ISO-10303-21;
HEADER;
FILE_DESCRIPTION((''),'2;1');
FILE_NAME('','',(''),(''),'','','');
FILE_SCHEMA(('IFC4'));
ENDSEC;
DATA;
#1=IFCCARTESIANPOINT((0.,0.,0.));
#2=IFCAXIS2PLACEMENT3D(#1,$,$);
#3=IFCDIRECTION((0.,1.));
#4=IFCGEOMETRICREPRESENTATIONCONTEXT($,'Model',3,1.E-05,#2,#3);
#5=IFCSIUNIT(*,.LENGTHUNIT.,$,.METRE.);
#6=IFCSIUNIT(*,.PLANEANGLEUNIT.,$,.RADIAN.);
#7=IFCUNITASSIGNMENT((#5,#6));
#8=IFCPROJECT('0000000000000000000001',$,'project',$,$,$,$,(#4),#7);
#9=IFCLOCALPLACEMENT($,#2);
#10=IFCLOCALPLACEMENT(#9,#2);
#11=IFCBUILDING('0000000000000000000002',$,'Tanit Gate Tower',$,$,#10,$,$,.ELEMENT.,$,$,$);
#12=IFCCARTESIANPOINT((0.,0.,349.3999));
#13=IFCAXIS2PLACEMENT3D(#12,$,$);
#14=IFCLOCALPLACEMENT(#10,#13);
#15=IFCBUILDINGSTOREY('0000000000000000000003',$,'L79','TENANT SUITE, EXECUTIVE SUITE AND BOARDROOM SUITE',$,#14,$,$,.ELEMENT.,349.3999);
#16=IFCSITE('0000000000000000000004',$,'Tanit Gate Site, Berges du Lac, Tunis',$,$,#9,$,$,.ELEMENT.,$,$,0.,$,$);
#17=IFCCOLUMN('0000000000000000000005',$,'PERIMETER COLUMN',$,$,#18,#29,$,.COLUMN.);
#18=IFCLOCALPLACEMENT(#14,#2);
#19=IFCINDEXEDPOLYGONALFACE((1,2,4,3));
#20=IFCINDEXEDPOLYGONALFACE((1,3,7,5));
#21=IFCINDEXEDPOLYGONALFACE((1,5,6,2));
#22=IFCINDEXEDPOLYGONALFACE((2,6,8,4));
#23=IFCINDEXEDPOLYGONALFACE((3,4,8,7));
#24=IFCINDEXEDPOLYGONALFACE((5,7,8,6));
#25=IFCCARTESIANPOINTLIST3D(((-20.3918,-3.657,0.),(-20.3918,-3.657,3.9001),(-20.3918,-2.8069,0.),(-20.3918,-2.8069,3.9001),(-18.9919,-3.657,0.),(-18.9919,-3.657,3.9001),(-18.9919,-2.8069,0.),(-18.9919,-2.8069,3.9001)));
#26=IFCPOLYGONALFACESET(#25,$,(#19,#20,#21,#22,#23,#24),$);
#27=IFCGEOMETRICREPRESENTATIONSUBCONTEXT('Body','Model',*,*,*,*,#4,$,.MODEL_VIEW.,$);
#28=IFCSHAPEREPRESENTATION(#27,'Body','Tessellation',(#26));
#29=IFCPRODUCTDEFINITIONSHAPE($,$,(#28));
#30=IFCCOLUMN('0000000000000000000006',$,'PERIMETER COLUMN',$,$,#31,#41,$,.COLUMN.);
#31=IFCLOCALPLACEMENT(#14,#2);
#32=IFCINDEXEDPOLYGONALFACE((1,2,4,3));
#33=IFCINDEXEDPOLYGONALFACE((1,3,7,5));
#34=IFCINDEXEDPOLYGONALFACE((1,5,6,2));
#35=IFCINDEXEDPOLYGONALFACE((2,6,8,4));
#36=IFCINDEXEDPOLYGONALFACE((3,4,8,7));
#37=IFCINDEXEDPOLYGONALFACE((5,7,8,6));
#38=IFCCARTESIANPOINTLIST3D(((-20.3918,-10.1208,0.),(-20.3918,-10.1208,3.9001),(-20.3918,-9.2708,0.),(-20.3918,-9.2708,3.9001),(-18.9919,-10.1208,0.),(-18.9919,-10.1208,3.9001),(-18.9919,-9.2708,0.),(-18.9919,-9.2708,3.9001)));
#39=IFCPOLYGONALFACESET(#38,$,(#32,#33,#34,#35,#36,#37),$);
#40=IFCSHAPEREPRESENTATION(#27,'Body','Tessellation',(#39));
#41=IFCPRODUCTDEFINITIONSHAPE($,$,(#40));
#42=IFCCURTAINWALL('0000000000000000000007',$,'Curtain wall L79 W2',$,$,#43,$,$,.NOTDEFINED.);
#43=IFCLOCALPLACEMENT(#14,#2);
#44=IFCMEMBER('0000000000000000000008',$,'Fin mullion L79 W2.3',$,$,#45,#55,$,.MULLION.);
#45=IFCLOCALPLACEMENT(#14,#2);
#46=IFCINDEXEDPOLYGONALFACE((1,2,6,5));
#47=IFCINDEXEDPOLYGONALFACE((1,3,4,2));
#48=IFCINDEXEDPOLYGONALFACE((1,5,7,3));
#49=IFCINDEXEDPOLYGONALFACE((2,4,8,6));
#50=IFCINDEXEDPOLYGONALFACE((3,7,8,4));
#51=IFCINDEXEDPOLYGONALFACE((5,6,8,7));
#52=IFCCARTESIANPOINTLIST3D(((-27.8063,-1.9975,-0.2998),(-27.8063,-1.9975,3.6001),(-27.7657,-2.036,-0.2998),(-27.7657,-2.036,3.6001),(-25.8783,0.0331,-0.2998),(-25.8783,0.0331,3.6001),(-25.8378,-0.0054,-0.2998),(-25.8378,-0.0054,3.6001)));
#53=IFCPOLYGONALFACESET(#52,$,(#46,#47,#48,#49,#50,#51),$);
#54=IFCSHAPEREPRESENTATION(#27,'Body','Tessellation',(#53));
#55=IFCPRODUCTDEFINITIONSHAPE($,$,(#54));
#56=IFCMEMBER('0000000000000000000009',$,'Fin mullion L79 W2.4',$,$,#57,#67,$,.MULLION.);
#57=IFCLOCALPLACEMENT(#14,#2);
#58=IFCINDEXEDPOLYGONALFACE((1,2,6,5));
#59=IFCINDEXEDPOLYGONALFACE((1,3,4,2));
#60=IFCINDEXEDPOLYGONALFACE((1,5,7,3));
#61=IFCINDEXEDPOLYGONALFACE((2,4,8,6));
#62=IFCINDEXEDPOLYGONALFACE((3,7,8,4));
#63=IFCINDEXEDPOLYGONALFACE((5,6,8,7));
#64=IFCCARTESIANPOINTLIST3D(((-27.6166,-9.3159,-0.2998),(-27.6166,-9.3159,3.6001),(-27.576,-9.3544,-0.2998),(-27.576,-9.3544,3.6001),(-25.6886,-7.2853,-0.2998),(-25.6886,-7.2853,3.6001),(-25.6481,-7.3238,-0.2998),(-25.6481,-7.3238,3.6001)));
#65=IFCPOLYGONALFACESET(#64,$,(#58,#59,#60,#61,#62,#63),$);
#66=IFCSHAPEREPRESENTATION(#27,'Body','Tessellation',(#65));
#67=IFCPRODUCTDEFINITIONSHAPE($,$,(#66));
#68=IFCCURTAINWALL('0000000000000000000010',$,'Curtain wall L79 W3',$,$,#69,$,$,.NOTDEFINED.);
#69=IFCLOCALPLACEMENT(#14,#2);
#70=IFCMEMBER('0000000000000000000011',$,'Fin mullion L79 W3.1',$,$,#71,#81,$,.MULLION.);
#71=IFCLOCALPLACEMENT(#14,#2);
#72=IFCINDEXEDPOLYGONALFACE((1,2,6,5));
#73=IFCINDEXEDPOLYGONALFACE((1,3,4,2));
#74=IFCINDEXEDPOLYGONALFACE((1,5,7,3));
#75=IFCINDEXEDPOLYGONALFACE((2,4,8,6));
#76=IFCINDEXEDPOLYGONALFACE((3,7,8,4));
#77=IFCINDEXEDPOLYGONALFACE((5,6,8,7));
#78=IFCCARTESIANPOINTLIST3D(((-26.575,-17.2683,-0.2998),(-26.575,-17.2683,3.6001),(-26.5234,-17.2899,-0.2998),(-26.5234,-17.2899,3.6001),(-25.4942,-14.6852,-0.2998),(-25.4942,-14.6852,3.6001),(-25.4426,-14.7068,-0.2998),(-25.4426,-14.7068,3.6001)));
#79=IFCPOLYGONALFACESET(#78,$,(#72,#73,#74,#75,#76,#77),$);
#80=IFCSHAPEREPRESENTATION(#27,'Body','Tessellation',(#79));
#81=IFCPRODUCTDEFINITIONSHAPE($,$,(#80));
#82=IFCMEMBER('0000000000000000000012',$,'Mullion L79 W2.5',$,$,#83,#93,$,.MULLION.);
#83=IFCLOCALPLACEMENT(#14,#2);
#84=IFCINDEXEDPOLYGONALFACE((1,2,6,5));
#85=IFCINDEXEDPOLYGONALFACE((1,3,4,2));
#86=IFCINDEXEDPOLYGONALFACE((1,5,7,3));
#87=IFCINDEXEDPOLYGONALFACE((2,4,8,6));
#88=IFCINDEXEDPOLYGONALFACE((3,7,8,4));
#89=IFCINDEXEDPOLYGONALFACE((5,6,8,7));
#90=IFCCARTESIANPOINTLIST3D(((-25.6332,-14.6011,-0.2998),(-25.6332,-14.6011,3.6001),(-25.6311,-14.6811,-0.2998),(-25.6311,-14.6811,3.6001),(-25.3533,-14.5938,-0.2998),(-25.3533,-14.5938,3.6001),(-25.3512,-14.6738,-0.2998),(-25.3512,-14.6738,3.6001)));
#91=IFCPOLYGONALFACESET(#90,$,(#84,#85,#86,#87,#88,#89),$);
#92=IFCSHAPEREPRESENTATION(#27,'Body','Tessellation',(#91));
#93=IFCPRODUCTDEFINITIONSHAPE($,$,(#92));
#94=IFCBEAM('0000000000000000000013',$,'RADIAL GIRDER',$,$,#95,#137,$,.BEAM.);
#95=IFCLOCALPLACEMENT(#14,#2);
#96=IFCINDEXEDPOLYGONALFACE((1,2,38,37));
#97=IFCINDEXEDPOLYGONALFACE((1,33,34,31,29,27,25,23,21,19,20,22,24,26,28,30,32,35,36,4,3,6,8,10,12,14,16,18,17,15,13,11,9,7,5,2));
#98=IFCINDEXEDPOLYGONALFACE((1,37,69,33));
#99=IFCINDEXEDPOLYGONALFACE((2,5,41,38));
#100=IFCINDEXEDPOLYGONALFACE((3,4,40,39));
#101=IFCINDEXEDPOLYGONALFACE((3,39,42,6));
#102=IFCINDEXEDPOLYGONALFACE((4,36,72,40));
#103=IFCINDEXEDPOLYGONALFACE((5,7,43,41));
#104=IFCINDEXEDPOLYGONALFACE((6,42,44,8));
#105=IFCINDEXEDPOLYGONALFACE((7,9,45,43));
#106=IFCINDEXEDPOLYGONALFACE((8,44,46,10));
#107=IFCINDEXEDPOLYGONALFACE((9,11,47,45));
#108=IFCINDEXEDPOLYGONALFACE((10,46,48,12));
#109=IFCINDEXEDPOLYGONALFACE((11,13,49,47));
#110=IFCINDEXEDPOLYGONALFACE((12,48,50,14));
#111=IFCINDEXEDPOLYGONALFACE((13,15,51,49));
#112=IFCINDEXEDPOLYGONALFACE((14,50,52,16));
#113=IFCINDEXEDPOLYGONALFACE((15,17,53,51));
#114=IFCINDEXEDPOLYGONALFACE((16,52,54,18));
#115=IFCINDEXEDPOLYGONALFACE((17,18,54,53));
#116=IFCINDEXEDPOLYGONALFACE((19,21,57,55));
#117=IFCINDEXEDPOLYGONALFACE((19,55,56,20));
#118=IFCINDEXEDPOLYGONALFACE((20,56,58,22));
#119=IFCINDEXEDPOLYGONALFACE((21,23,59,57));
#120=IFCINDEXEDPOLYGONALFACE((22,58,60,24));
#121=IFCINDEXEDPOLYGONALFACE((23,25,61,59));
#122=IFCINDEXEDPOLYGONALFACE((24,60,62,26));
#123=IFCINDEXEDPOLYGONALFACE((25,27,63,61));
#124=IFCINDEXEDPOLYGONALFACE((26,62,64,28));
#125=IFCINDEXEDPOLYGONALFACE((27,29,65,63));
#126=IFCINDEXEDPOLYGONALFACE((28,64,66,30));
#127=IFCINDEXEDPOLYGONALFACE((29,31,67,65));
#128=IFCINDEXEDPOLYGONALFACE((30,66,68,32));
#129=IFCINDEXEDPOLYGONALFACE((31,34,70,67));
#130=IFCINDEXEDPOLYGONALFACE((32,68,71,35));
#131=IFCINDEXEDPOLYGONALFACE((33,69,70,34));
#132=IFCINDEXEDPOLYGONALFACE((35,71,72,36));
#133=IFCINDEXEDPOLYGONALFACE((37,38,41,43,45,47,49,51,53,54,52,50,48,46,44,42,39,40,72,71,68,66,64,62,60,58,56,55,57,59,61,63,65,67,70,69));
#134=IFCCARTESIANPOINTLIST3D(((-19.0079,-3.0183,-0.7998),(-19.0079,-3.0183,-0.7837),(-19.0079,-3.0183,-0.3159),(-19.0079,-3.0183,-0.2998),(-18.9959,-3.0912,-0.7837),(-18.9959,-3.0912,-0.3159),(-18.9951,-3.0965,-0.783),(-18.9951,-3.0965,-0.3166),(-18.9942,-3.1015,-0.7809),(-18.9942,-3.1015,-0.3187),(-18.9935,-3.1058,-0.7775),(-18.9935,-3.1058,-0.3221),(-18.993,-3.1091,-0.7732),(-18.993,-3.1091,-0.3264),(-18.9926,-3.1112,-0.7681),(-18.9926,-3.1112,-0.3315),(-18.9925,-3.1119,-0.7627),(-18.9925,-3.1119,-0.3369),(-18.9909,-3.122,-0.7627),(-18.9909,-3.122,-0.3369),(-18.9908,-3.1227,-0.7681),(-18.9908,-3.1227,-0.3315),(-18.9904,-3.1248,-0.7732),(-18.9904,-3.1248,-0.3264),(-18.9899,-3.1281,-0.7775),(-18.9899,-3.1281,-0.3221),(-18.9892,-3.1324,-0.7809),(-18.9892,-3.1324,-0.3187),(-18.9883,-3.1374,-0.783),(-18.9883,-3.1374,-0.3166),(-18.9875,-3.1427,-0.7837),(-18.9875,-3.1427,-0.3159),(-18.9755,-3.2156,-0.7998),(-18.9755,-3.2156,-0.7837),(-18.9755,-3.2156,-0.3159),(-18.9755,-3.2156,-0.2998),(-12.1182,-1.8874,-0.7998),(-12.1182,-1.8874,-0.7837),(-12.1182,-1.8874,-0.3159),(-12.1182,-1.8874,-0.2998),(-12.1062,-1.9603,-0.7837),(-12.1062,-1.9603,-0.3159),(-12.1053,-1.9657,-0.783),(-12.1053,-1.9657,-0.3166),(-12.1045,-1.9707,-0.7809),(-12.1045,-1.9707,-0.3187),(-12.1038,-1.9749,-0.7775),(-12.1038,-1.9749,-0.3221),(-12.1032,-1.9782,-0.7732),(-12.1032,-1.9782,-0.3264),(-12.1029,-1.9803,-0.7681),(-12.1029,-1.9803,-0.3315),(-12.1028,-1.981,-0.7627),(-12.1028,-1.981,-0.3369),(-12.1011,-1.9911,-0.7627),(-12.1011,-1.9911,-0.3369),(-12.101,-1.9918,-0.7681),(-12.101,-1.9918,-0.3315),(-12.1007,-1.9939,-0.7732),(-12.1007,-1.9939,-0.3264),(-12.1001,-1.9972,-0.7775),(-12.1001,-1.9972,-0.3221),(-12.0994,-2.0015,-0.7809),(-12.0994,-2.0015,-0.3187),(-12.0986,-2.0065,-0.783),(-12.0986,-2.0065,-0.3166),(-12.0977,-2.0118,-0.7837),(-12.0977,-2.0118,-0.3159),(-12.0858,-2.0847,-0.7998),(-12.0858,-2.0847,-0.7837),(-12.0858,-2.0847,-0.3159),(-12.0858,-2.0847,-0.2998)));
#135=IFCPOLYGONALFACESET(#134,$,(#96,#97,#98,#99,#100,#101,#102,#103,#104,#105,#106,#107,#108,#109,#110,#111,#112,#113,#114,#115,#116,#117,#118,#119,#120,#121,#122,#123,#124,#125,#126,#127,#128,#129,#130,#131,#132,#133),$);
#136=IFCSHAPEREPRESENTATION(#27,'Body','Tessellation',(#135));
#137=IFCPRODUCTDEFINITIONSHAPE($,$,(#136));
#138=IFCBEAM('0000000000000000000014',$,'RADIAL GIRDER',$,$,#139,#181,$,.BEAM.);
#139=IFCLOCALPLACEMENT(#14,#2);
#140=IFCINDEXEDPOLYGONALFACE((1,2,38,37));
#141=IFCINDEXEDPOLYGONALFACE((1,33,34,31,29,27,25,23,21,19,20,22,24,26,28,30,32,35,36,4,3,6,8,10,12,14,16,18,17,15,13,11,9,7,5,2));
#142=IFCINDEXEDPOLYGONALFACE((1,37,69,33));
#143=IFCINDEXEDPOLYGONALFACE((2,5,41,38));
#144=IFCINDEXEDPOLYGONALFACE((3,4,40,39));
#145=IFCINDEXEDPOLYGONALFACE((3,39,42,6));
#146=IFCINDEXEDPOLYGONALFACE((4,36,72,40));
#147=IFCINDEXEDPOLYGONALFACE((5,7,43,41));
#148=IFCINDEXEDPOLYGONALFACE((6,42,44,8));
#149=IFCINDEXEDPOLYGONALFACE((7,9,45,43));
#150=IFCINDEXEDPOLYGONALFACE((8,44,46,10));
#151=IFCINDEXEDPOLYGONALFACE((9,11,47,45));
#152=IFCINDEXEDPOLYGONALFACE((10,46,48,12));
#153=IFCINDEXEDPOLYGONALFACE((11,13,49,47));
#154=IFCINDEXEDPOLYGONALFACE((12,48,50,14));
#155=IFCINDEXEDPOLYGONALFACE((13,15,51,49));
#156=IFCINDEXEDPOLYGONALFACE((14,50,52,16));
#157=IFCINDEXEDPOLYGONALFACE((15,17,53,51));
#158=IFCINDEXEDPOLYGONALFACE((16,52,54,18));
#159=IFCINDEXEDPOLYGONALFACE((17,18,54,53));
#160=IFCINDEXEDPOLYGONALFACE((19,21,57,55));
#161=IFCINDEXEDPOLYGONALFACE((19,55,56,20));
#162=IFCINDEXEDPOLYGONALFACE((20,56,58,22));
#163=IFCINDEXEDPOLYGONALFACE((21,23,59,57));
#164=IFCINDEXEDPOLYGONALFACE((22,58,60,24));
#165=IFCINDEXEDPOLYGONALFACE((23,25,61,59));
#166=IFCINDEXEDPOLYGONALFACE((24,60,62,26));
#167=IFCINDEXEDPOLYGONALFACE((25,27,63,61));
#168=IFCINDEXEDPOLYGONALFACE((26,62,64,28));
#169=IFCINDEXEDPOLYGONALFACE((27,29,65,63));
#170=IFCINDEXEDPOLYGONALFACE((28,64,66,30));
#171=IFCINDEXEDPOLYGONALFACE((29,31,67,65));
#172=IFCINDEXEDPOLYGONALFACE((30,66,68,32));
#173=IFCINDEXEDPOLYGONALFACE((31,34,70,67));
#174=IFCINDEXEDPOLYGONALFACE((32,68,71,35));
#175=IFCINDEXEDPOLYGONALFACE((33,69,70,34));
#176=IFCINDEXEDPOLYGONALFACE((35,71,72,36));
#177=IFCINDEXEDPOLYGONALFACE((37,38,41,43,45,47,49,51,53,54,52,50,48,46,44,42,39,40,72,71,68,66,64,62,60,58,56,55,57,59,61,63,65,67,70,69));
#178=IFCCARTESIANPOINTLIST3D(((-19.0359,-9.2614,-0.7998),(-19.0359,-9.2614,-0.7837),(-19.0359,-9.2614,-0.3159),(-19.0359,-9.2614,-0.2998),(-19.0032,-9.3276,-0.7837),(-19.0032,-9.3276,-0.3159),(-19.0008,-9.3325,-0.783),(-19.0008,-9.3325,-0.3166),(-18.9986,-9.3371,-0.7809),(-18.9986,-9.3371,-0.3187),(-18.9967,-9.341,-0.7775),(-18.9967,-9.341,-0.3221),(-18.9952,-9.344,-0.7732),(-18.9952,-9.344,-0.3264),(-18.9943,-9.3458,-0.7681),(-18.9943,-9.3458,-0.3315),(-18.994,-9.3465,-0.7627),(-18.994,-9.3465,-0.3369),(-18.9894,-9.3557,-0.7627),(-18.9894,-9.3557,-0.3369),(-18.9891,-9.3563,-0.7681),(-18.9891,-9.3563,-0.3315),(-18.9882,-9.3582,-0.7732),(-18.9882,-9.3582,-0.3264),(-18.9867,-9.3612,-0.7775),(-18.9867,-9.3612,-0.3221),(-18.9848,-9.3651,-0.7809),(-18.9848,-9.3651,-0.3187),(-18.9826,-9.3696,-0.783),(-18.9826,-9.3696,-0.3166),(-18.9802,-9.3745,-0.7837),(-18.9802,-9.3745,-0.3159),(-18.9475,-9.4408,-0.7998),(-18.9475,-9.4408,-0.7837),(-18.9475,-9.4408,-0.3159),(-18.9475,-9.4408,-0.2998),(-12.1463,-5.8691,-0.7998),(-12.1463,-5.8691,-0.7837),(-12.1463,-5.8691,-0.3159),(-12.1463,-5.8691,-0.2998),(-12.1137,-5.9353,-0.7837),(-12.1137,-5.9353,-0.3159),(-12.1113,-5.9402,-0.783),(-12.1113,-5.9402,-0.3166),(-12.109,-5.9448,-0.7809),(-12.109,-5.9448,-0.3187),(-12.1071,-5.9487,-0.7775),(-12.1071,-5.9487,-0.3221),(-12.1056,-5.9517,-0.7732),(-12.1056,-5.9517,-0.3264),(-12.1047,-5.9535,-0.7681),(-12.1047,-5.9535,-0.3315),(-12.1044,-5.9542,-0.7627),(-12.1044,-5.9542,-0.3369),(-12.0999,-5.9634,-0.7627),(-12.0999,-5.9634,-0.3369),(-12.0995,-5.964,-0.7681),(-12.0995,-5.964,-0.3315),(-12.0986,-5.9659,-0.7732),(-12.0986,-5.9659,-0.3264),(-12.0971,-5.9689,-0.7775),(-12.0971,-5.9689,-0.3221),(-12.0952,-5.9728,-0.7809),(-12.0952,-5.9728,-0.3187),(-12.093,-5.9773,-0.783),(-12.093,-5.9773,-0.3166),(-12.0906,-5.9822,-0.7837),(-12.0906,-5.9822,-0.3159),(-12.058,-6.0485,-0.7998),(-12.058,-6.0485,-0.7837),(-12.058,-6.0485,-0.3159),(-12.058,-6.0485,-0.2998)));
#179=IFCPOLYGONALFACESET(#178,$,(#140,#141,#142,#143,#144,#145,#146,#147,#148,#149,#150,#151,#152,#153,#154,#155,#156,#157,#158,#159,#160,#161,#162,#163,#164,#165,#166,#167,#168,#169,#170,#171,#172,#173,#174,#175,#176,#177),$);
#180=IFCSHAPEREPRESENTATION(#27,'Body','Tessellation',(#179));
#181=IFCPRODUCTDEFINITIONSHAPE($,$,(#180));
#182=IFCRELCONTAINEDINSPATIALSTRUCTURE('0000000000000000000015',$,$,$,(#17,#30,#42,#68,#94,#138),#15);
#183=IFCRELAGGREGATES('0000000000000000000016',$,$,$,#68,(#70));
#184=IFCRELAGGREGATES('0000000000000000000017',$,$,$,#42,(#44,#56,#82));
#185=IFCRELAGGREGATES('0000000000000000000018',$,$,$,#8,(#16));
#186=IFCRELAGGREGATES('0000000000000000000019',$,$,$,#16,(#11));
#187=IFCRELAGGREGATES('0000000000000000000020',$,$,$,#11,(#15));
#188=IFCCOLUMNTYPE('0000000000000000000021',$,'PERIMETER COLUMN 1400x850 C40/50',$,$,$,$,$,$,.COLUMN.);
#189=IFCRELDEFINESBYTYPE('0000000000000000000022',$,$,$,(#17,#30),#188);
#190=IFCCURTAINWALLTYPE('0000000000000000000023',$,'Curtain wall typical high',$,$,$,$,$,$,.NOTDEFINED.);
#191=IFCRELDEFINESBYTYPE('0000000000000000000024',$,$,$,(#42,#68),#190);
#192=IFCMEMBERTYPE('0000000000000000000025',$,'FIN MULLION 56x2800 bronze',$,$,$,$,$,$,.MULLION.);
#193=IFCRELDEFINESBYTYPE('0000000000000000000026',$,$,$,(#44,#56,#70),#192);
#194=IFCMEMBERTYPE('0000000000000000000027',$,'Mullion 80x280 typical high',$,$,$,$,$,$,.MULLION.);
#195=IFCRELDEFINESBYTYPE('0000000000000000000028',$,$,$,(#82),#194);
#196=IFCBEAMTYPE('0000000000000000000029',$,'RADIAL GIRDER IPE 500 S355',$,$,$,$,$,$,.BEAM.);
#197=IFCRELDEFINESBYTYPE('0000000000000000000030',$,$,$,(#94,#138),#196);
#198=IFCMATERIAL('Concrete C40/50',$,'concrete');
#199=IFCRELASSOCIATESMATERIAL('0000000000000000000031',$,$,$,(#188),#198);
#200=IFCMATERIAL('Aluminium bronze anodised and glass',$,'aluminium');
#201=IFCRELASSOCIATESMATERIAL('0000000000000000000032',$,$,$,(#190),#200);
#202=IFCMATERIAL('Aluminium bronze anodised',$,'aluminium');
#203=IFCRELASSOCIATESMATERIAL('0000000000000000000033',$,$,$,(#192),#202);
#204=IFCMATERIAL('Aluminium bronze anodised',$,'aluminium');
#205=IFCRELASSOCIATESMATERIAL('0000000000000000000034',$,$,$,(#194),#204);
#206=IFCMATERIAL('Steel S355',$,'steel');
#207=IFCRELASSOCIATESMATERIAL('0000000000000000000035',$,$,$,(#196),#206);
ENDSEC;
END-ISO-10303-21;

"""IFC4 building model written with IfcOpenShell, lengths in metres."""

from ifc_helpers import new_model, si_unit, direction, frame, origin, origin_2d, place, context, subcontext, project, spatial, rectangle, i_section, extrude, material, material_profile, profile_set, type_object, element, aggregate, save


model = new_model("IFC4")

# Units and contexts
model_context = context("Model", 3, precision=1e-05, world=origin(), true_north=direction((0.0, 1.0)))
body_context = subcontext(model_context, "Body", "Model", "MODEL_VIEW")
ifc_project = project(units=[si_unit("LENGTHUNIT", "METRE"), si_unit("PLANEANGLEUNIT", "RADIAN")], contexts=[model_context])

# Site, building, storey
site_placement = place(None, origin())
site = spatial("IfcSite", under=ifc_project, at=site_placement, Name="Tanit Gate Site, Berges du Lac, Tunis", CompositionType="ELEMENT", RefElevation=0.0)
building_placement = place(site_placement, origin())
building = spatial("IfcBuilding", under=site, at=building_placement, Name="Tanit Gate Tower", CompositionType="ELEMENT")
storey_placement = place(building_placement, frame((0.0, 0.0, 349.3999)))
storey = spatial("IfcBuildingStorey", under=building, at=storey_placement, Name="L79", Description="TENANT SUITE, EXECUTIVE SUITE AND BOARDROOM SUITE", CompositionType="ELEMENT", Elevation=349.3999)

# Columns
ifc_material_1 = material(Name="Concrete C40/50", Category="concrete")
ifc_material_profile_1 = material_profile(ifc_material_1, rectangle(XDim=1.3999, YDim=0.8501, at=origin_2d()), Name="RC 1400x850")
ifc_profile_set_1 = profile_set([ifc_material_profile_1], Name="Concrete C40/50")
column_type = type_object("IfcColumnType", Name="PERIMETER COLUMN 1400x850 C40/50", PredefinedType="COLUMN", material=ifc_profile_set_1)
for number, where, z_axis, x_axis, name in (
    (1, (-19.6919, -3.2319, 0.0), (0.0, 0.0, 1.0), (-1.0, 0.0, 0.0), "PERIMETER COLUMN"),
    (2, (-19.6919, -9.6958, 0.0), (0.0, 0.0, 1.0), (-1.0, 0.0, 0.0), "PERIMETER COLUMN"),
):
    element("IfcColumn", number, at=place(storey_placement, frame(where, z_axis=z_axis, x_axis=x_axis)), inside=storey, type_object=column_type, Name=name, PredefinedType="COLUMN", context=body_context, shape_type="SweptSolid", body=[
        extrude(rectangle(XDim=1.3999, YDim=0.8501, at=origin_2d()), origin(), (0.0, 0.0, 1.0), 3.9001),
    ])

# Curtain wall, members
ifc_material_2 = material(Name="Aluminium bronze anodised and glass", Category="aluminium")
curtain_wall_type = type_object("IfcCurtainWallType", Name="Curtain wall typical high", PredefinedType="NOTDEFINED", material=ifc_material_2)
curtain_wall_1_placement = place(storey_placement, origin())
curtain_wall_1 = element("IfcCurtainWall", 3, at=curtain_wall_1_placement, inside=storey, type_object=curtain_wall_type, Name="Curtain wall L79 W2", PredefinedType="NOTDEFINED")
ifc_material_3 = material(Name="Aluminium bronze anodised", Category="aluminium")
ifc_material_profile_2 = material_profile(ifc_material_3, rectangle(XDim=2.8, YDim=0.0559, at=origin_2d()), Name="56x2800 bronze fin mullion")
ifc_profile_set_2 = profile_set([ifc_material_profile_2], Name="Aluminium bronze anodised")
member_type_1 = type_object("IfcMemberType", Name="FIN MULLION 56x2800 bronze", PredefinedType="MULLION", material=ifc_profile_set_2)
member_1_placement = place(storey_placement, frame((-26.822, -1.0015, -0.2998), z_axis=(0.0, 0.0, 1.0), x_axis=(0.688538, 0.7252, 0.0)))
member_1 = element("IfcMember", 4, at=member_1_placement, type_object=member_type_1, Name="Fin mullion L79 W2.3", PredefinedType="MULLION", context=body_context, shape_type="SweptSolid", body=[
    extrude(rectangle(XDim=2.8, YDim=0.0559, at=origin_2d()), origin(), (0.0, 0.0, 1.0), 3.8999),
])
member_2_placement = place(storey_placement, frame((-26.6323, -8.3198, -0.2998), z_axis=(0.0, 0.0, 1.0), x_axis=(0.688538, 0.7252, 0.0)))
member_2 = element("IfcMember", 5, at=member_2_placement, type_object=member_type_1, Name="Fin mullion L79 W2.4", PredefinedType="MULLION", context=body_context, shape_type="SweptSolid", body=[
    extrude(rectangle(XDim=2.8, YDim=0.0559, at=origin_2d()), origin(), (0.0, 0.0, 1.0), 3.8999),
])

# Curtain wall, member
curtain_wall_2_placement = place(storey_placement, origin())
curtain_wall_2 = element("IfcCurtainWall", 6, at=curtain_wall_2_placement, inside=storey, type_object=curtain_wall_type, Name="Curtain wall L79 W3", PredefinedType="NOTDEFINED")
member_3_placement = place(storey_placement, frame((-26.0088, -15.9875, -0.2998), z_axis=(0.0, 0.0, 1.0), x_axis=(0.386007, 0.922496, 0.0)))
member_3 = element("IfcMember", 7, at=member_3_placement, type_object=member_type_1, Name="Fin mullion L79 W3.1", PredefinedType="MULLION", context=body_context, shape_type="SweptSolid", body=[
    extrude(rectangle(XDim=2.8, YDim=0.0559, at=origin_2d()), origin(), (0.0, 0.0, 1.0), 3.8999),
])

# Member
ifc_material_4 = material(Name="Aluminium bronze anodised", Category="aluminium")
ifc_material_profile_3 = material_profile(ifc_material_4, rectangle(XDim=0.28, YDim=0.0801, at=origin_2d()), Name="80x280 bronze mullion")
ifc_profile_set_3 = profile_set([ifc_material_profile_3], Name="Aluminium bronze anodised")
member_type_2 = type_object("IfcMemberType", Name="Mullion 80x280 typical high", PredefinedType="MULLION", material=ifc_profile_set_3)
member_4_placement = place(storey_placement, frame((-25.4922, -14.6375, -0.2998), z_axis=(0.0, 0.0, 1.0), x_axis=(0.999664, 0.025924, 0.0)))
member_4 = element("IfcMember", 8, at=member_4_placement, type_object=member_type_2, Name="Mullion L79 W2.5", PredefinedType="MULLION", context=body_context, shape_type="SweptSolid", body=[
    extrude(rectangle(XDim=0.28, YDim=0.0801, at=origin_2d()), origin(), (0.0, 0.0, 1.0), 3.8999),
])

# Beams
ifc_material_5 = material(Name="Steel S355", Category="steel")
ifc_material_profile_4 = material_profile(ifc_material_5, i_section(OverallWidth=0.2, OverallDepth=0.5, WebThickness=0.0103, FlangeThickness=0.0161, FilletRadius=0.021, at=origin_2d()), Name="IPE 500")
ifc_profile_set_4 = profile_set([ifc_material_profile_4], Name="Steel S355")
beam_type_1 = type_object("IfcBeamType", Name="RADIAL GIRDER IPE 500 S355", PredefinedType="BEAM", material=ifc_profile_set_4)
beam_1_placement = place(storey_placement, frame((-18.9917, -3.1169, -0.5498), z_axis=(0.986795, 0.161972, 0.0), x_axis=(-0.161972, 0.986795, 0.0)))
element("IfcBeam", 9, at=beam_1_placement, inside=storey, type_object=beam_type_1, Name="RADIAL GIRDER", PredefinedType="BEAM", context=body_context, shape_type="SweptSolid", body=[
    extrude(i_section(OverallWidth=0.2, OverallDepth=0.5, WebThickness=0.0103, FlangeThickness=0.0161, FilletRadius=0.021, at=origin_2d()), origin(), (0.0, 0.0, 1.0), 6.9819),
])
beam_2_placement = place(storey_placement, frame((-18.9917, -9.3511, -0.5498), z_axis=(0.897145, 0.441737, 0.0), x_axis=(-0.441737, 0.897145, 0.0)))
element("IfcBeam", 10, at=beam_2_placement, inside=storey, type_object=beam_type_1, Name="RADIAL GIRDER", PredefinedType="BEAM", context=body_context, shape_type="SweptSolid", body=[
    extrude(i_section(OverallWidth=0.2, OverallDepth=0.5, WebThickness=0.0103, FlangeThickness=0.0161, FilletRadius=0.021, at=origin_2d()), origin(), (0.0, 0.0, 1.0), 7.6794),
])

aggregate(curtain_wall_2, [member_3])

aggregate(curtain_wall_1, [member_1, member_2, member_4])

save(model, "model.ifc")
